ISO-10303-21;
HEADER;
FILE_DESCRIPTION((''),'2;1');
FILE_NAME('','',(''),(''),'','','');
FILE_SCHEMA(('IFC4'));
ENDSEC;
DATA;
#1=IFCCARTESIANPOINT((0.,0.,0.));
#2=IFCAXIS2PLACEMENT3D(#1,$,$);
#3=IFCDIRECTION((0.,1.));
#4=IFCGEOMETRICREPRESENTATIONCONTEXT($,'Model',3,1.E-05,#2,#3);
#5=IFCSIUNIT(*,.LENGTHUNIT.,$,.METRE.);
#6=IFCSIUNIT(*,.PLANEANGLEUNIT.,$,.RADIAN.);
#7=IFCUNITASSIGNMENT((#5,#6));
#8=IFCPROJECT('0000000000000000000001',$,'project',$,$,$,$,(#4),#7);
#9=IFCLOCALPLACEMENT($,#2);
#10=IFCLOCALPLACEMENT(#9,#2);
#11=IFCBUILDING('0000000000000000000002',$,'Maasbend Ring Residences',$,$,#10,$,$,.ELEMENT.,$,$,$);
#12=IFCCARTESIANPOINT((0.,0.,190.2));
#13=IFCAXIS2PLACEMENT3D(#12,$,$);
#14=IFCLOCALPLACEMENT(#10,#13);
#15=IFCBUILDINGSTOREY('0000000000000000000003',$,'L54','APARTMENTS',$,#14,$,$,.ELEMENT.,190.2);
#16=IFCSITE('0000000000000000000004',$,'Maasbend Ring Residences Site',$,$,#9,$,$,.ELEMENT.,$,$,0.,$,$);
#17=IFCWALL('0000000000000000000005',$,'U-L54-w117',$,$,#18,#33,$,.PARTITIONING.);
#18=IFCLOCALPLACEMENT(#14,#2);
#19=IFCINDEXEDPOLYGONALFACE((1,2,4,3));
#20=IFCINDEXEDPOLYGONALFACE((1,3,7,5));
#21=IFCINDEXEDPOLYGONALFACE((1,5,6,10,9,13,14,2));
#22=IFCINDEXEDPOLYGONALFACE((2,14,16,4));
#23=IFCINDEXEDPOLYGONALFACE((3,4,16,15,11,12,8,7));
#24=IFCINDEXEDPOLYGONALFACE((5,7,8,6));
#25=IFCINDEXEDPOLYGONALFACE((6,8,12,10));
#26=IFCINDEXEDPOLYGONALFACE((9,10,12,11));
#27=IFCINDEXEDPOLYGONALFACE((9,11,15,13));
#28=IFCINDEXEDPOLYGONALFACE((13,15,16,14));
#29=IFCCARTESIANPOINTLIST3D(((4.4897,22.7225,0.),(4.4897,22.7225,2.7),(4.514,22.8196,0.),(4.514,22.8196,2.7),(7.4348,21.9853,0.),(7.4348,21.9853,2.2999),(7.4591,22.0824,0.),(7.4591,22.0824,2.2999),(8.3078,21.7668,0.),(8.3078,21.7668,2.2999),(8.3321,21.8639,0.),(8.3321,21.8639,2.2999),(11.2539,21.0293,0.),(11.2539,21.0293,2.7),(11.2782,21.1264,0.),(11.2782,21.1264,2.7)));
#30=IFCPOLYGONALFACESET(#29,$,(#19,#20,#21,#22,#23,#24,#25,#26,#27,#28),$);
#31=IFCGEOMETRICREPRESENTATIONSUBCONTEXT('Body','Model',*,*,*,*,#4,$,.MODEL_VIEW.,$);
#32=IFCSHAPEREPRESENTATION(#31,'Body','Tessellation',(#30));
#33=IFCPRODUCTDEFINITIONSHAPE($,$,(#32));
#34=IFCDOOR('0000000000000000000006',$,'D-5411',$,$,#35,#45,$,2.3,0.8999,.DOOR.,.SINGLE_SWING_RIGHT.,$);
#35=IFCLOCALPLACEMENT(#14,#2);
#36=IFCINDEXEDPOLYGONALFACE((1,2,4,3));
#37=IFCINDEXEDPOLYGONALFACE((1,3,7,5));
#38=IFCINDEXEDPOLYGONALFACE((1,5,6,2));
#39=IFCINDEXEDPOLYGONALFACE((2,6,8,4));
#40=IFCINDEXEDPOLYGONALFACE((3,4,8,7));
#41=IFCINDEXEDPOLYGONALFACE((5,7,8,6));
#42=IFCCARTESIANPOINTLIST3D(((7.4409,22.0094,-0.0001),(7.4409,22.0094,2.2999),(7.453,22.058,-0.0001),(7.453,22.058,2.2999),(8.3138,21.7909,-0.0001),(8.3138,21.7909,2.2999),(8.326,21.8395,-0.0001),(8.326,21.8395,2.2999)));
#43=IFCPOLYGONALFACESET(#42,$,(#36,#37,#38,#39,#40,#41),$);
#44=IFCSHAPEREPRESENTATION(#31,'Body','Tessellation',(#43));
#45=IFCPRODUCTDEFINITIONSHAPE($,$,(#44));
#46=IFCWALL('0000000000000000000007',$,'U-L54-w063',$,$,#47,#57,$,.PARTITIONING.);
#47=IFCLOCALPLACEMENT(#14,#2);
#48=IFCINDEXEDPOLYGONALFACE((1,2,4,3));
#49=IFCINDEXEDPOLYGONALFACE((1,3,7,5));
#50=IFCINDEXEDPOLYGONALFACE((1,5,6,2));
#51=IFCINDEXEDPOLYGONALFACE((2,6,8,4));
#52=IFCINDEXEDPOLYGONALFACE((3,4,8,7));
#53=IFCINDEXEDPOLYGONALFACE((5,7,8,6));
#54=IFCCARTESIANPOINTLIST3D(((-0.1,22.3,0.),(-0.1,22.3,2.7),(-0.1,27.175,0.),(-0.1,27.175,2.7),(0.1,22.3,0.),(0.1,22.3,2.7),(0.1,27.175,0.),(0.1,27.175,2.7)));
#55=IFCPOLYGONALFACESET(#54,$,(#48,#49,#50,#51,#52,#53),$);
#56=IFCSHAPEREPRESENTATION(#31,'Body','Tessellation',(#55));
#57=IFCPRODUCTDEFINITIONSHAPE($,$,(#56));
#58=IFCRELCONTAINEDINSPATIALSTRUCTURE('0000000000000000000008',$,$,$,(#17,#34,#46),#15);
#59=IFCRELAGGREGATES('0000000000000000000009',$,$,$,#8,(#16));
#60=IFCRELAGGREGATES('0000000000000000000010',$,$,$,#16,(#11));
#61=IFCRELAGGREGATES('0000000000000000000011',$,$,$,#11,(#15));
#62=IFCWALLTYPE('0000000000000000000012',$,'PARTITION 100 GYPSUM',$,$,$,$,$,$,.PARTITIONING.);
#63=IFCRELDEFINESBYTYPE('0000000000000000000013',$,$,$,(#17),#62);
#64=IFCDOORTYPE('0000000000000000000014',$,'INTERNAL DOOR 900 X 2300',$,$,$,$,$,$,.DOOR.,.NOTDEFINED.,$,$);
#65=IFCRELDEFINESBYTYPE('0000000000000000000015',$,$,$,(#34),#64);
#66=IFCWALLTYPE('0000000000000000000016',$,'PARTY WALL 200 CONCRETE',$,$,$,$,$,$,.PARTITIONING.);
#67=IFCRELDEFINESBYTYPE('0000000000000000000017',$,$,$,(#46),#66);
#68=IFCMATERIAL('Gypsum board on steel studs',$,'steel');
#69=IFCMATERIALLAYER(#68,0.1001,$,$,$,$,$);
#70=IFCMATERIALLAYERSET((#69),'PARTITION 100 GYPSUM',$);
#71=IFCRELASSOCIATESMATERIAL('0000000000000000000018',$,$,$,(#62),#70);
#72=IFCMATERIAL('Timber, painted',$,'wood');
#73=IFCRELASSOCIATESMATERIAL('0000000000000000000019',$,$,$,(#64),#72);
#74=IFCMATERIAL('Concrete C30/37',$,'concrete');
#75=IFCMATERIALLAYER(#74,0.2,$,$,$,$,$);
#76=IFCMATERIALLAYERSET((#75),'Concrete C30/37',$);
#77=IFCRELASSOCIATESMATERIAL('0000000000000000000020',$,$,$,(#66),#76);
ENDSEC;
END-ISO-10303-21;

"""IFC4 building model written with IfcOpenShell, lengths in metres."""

from ifc_helpers import new_model, si_unit, direction, frame, frame_2d, origin, place, context, subcontext, project, spatial, rectangle, extrude, material, layer, layer_set, type_object, element, fill, save


model = new_model("IFC4")

# Units and contexts
model_context = context("Model", 3, precision=1e-05, world=origin(), true_north=direction((0.0, 1.0)))
body_context = subcontext(model_context, "Body", "Model", "MODEL_VIEW")
ifc_project = project(units=[si_unit("LENGTHUNIT", "METRE"), si_unit("PLANEANGLEUNIT", "RADIAN")], contexts=[model_context])

# Site, building, storey
site_placement = place(None, origin())
site = spatial("IfcSite", under=ifc_project, at=site_placement, Name="Maasbend Ring Residences Site", CompositionType="ELEMENT", RefElevation=0.0)
building_placement = place(site_placement, origin())
building = spatial("IfcBuilding", under=site, at=building_placement, Name="Maasbend Ring Residences", CompositionType="ELEMENT")
storey_placement = place(building_placement, frame((0.0, 0.0, 190.2)))
storey = spatial("IfcBuildingStorey", under=building, at=storey_placement, Name="L54", Description="APARTMENTS", CompositionType="ELEMENT", Elevation=190.2)

# Shared definitions
ifc_material_1 = material(Name="Gypsum board on steel studs", Category="steel")
ifc_layer_1 = layer(ifc_material_1, 0.1001)
ifc_layer_set_1 = layer_set([ifc_layer_1], Name="PARTITION 100 GYPSUM")
wall_type_1 = type_object("IfcWallType", Name="PARTITION 100 GYPSUM", PredefinedType="PARTITIONING", material=ifc_layer_set_1)
ifc_material_2 = material(Name="Timber, painted", Category="wood")
door_type_1 = type_object("IfcDoorType", Name="INTERNAL DOOR 900 X 2300", OperationType="NOTDEFINED", PredefinedType="DOOR", material=ifc_material_2)

# Wall, opening, door
wall_1_placement = place(storey_placement, frame((4.502, 22.771, 0.0), z_axis=(0.0, 0.0, 1.0), x_axis=(0.970072, -0.242816, 0.0)))
wall_1 = element("IfcWall", 1, at=wall_1_placement, inside=storey, type_object=wall_type_1, Name="U-L54-w117", PredefinedType="PARTITIONING", context=body_context, shape_type="SweptSolid", body=[
    extrude(rectangle(XDim=6.9729, YDim=0.1001, at=frame_2d((3.4863, 0.0))), origin(), (0.0, 0.0, 1.0), 2.7),
])
opening_1_placement = place(wall_1_placement, frame((3.0359, 0.0, 0.0)))
opening_1 = element("IfcOpeningElement", 2, at=opening_1_placement, cuts=wall_1, PredefinedType="OPENING", context=body_context, shape_type="SweptSolid", body=[
    extrude(rectangle(XDim=0.8999, YDim=2.3, at=frame_2d((0.45, 1.1499))), frame((0.0, 0.0601, 0.0), z_axis=(0.0, -1.0, 0.0), x_axis=(1.0, 0.0, 0.0)), (0.0, 0.0, 1.0), 0.1201),
])
door_1_placement = place(opening_1_placement, origin())
door_1 = element("IfcDoor", 3, at=door_1_placement, inside=storey, type_object=door_type_1, Name="D-5411", OperationType="SINGLE_SWING_RIGHT", OverallHeight=2.3, OverallWidth=0.8999, PredefinedType="DOOR", context=body_context, shape_type="SweptSolid", body=[
    extrude(rectangle(XDim=0.8999, YDim=2.3, at=frame_2d((0.45, 1.1499))), frame((0.0, 0.0249, 0.0), z_axis=(0.0, -1.0, 0.0), x_axis=(1.0, 0.0, 0.0)), (0.0, 0.0, 1.0), 0.05),
])
fill(opening_1, door_1)

# Wall
ifc_material_3 = material(Name="Concrete C30/37", Category="concrete")
ifc_layer_2 = layer(ifc_material_3, 0.2)
ifc_layer_set_2 = layer_set([ifc_layer_2], Name="Concrete C30/37")
wall_type_2 = type_object("IfcWallType", Name="PARTY WALL 200 CONCRETE", PredefinedType="PARTITIONING", material=ifc_layer_set_2)
wall_2_placement = place(storey_placement, frame((0.0, 22.3, 0.0), z_axis=(0.0, 0.0, 1.0), x_axis=(0.0, 1.0, 0.0)))
element("IfcWall", 4, at=wall_2_placement, inside=storey, type_object=wall_type_2, Name="U-L54-w063", PredefinedType="PARTITIONING", context=body_context, shape_type="SweptSolid", body=[
    extrude(rectangle(XDim=4.875, YDim=0.2, at=frame_2d((2.4375, 0.0))), origin(), (0.0, 0.0, 1.0), 2.7),
])

save(model, "model.ifc")
